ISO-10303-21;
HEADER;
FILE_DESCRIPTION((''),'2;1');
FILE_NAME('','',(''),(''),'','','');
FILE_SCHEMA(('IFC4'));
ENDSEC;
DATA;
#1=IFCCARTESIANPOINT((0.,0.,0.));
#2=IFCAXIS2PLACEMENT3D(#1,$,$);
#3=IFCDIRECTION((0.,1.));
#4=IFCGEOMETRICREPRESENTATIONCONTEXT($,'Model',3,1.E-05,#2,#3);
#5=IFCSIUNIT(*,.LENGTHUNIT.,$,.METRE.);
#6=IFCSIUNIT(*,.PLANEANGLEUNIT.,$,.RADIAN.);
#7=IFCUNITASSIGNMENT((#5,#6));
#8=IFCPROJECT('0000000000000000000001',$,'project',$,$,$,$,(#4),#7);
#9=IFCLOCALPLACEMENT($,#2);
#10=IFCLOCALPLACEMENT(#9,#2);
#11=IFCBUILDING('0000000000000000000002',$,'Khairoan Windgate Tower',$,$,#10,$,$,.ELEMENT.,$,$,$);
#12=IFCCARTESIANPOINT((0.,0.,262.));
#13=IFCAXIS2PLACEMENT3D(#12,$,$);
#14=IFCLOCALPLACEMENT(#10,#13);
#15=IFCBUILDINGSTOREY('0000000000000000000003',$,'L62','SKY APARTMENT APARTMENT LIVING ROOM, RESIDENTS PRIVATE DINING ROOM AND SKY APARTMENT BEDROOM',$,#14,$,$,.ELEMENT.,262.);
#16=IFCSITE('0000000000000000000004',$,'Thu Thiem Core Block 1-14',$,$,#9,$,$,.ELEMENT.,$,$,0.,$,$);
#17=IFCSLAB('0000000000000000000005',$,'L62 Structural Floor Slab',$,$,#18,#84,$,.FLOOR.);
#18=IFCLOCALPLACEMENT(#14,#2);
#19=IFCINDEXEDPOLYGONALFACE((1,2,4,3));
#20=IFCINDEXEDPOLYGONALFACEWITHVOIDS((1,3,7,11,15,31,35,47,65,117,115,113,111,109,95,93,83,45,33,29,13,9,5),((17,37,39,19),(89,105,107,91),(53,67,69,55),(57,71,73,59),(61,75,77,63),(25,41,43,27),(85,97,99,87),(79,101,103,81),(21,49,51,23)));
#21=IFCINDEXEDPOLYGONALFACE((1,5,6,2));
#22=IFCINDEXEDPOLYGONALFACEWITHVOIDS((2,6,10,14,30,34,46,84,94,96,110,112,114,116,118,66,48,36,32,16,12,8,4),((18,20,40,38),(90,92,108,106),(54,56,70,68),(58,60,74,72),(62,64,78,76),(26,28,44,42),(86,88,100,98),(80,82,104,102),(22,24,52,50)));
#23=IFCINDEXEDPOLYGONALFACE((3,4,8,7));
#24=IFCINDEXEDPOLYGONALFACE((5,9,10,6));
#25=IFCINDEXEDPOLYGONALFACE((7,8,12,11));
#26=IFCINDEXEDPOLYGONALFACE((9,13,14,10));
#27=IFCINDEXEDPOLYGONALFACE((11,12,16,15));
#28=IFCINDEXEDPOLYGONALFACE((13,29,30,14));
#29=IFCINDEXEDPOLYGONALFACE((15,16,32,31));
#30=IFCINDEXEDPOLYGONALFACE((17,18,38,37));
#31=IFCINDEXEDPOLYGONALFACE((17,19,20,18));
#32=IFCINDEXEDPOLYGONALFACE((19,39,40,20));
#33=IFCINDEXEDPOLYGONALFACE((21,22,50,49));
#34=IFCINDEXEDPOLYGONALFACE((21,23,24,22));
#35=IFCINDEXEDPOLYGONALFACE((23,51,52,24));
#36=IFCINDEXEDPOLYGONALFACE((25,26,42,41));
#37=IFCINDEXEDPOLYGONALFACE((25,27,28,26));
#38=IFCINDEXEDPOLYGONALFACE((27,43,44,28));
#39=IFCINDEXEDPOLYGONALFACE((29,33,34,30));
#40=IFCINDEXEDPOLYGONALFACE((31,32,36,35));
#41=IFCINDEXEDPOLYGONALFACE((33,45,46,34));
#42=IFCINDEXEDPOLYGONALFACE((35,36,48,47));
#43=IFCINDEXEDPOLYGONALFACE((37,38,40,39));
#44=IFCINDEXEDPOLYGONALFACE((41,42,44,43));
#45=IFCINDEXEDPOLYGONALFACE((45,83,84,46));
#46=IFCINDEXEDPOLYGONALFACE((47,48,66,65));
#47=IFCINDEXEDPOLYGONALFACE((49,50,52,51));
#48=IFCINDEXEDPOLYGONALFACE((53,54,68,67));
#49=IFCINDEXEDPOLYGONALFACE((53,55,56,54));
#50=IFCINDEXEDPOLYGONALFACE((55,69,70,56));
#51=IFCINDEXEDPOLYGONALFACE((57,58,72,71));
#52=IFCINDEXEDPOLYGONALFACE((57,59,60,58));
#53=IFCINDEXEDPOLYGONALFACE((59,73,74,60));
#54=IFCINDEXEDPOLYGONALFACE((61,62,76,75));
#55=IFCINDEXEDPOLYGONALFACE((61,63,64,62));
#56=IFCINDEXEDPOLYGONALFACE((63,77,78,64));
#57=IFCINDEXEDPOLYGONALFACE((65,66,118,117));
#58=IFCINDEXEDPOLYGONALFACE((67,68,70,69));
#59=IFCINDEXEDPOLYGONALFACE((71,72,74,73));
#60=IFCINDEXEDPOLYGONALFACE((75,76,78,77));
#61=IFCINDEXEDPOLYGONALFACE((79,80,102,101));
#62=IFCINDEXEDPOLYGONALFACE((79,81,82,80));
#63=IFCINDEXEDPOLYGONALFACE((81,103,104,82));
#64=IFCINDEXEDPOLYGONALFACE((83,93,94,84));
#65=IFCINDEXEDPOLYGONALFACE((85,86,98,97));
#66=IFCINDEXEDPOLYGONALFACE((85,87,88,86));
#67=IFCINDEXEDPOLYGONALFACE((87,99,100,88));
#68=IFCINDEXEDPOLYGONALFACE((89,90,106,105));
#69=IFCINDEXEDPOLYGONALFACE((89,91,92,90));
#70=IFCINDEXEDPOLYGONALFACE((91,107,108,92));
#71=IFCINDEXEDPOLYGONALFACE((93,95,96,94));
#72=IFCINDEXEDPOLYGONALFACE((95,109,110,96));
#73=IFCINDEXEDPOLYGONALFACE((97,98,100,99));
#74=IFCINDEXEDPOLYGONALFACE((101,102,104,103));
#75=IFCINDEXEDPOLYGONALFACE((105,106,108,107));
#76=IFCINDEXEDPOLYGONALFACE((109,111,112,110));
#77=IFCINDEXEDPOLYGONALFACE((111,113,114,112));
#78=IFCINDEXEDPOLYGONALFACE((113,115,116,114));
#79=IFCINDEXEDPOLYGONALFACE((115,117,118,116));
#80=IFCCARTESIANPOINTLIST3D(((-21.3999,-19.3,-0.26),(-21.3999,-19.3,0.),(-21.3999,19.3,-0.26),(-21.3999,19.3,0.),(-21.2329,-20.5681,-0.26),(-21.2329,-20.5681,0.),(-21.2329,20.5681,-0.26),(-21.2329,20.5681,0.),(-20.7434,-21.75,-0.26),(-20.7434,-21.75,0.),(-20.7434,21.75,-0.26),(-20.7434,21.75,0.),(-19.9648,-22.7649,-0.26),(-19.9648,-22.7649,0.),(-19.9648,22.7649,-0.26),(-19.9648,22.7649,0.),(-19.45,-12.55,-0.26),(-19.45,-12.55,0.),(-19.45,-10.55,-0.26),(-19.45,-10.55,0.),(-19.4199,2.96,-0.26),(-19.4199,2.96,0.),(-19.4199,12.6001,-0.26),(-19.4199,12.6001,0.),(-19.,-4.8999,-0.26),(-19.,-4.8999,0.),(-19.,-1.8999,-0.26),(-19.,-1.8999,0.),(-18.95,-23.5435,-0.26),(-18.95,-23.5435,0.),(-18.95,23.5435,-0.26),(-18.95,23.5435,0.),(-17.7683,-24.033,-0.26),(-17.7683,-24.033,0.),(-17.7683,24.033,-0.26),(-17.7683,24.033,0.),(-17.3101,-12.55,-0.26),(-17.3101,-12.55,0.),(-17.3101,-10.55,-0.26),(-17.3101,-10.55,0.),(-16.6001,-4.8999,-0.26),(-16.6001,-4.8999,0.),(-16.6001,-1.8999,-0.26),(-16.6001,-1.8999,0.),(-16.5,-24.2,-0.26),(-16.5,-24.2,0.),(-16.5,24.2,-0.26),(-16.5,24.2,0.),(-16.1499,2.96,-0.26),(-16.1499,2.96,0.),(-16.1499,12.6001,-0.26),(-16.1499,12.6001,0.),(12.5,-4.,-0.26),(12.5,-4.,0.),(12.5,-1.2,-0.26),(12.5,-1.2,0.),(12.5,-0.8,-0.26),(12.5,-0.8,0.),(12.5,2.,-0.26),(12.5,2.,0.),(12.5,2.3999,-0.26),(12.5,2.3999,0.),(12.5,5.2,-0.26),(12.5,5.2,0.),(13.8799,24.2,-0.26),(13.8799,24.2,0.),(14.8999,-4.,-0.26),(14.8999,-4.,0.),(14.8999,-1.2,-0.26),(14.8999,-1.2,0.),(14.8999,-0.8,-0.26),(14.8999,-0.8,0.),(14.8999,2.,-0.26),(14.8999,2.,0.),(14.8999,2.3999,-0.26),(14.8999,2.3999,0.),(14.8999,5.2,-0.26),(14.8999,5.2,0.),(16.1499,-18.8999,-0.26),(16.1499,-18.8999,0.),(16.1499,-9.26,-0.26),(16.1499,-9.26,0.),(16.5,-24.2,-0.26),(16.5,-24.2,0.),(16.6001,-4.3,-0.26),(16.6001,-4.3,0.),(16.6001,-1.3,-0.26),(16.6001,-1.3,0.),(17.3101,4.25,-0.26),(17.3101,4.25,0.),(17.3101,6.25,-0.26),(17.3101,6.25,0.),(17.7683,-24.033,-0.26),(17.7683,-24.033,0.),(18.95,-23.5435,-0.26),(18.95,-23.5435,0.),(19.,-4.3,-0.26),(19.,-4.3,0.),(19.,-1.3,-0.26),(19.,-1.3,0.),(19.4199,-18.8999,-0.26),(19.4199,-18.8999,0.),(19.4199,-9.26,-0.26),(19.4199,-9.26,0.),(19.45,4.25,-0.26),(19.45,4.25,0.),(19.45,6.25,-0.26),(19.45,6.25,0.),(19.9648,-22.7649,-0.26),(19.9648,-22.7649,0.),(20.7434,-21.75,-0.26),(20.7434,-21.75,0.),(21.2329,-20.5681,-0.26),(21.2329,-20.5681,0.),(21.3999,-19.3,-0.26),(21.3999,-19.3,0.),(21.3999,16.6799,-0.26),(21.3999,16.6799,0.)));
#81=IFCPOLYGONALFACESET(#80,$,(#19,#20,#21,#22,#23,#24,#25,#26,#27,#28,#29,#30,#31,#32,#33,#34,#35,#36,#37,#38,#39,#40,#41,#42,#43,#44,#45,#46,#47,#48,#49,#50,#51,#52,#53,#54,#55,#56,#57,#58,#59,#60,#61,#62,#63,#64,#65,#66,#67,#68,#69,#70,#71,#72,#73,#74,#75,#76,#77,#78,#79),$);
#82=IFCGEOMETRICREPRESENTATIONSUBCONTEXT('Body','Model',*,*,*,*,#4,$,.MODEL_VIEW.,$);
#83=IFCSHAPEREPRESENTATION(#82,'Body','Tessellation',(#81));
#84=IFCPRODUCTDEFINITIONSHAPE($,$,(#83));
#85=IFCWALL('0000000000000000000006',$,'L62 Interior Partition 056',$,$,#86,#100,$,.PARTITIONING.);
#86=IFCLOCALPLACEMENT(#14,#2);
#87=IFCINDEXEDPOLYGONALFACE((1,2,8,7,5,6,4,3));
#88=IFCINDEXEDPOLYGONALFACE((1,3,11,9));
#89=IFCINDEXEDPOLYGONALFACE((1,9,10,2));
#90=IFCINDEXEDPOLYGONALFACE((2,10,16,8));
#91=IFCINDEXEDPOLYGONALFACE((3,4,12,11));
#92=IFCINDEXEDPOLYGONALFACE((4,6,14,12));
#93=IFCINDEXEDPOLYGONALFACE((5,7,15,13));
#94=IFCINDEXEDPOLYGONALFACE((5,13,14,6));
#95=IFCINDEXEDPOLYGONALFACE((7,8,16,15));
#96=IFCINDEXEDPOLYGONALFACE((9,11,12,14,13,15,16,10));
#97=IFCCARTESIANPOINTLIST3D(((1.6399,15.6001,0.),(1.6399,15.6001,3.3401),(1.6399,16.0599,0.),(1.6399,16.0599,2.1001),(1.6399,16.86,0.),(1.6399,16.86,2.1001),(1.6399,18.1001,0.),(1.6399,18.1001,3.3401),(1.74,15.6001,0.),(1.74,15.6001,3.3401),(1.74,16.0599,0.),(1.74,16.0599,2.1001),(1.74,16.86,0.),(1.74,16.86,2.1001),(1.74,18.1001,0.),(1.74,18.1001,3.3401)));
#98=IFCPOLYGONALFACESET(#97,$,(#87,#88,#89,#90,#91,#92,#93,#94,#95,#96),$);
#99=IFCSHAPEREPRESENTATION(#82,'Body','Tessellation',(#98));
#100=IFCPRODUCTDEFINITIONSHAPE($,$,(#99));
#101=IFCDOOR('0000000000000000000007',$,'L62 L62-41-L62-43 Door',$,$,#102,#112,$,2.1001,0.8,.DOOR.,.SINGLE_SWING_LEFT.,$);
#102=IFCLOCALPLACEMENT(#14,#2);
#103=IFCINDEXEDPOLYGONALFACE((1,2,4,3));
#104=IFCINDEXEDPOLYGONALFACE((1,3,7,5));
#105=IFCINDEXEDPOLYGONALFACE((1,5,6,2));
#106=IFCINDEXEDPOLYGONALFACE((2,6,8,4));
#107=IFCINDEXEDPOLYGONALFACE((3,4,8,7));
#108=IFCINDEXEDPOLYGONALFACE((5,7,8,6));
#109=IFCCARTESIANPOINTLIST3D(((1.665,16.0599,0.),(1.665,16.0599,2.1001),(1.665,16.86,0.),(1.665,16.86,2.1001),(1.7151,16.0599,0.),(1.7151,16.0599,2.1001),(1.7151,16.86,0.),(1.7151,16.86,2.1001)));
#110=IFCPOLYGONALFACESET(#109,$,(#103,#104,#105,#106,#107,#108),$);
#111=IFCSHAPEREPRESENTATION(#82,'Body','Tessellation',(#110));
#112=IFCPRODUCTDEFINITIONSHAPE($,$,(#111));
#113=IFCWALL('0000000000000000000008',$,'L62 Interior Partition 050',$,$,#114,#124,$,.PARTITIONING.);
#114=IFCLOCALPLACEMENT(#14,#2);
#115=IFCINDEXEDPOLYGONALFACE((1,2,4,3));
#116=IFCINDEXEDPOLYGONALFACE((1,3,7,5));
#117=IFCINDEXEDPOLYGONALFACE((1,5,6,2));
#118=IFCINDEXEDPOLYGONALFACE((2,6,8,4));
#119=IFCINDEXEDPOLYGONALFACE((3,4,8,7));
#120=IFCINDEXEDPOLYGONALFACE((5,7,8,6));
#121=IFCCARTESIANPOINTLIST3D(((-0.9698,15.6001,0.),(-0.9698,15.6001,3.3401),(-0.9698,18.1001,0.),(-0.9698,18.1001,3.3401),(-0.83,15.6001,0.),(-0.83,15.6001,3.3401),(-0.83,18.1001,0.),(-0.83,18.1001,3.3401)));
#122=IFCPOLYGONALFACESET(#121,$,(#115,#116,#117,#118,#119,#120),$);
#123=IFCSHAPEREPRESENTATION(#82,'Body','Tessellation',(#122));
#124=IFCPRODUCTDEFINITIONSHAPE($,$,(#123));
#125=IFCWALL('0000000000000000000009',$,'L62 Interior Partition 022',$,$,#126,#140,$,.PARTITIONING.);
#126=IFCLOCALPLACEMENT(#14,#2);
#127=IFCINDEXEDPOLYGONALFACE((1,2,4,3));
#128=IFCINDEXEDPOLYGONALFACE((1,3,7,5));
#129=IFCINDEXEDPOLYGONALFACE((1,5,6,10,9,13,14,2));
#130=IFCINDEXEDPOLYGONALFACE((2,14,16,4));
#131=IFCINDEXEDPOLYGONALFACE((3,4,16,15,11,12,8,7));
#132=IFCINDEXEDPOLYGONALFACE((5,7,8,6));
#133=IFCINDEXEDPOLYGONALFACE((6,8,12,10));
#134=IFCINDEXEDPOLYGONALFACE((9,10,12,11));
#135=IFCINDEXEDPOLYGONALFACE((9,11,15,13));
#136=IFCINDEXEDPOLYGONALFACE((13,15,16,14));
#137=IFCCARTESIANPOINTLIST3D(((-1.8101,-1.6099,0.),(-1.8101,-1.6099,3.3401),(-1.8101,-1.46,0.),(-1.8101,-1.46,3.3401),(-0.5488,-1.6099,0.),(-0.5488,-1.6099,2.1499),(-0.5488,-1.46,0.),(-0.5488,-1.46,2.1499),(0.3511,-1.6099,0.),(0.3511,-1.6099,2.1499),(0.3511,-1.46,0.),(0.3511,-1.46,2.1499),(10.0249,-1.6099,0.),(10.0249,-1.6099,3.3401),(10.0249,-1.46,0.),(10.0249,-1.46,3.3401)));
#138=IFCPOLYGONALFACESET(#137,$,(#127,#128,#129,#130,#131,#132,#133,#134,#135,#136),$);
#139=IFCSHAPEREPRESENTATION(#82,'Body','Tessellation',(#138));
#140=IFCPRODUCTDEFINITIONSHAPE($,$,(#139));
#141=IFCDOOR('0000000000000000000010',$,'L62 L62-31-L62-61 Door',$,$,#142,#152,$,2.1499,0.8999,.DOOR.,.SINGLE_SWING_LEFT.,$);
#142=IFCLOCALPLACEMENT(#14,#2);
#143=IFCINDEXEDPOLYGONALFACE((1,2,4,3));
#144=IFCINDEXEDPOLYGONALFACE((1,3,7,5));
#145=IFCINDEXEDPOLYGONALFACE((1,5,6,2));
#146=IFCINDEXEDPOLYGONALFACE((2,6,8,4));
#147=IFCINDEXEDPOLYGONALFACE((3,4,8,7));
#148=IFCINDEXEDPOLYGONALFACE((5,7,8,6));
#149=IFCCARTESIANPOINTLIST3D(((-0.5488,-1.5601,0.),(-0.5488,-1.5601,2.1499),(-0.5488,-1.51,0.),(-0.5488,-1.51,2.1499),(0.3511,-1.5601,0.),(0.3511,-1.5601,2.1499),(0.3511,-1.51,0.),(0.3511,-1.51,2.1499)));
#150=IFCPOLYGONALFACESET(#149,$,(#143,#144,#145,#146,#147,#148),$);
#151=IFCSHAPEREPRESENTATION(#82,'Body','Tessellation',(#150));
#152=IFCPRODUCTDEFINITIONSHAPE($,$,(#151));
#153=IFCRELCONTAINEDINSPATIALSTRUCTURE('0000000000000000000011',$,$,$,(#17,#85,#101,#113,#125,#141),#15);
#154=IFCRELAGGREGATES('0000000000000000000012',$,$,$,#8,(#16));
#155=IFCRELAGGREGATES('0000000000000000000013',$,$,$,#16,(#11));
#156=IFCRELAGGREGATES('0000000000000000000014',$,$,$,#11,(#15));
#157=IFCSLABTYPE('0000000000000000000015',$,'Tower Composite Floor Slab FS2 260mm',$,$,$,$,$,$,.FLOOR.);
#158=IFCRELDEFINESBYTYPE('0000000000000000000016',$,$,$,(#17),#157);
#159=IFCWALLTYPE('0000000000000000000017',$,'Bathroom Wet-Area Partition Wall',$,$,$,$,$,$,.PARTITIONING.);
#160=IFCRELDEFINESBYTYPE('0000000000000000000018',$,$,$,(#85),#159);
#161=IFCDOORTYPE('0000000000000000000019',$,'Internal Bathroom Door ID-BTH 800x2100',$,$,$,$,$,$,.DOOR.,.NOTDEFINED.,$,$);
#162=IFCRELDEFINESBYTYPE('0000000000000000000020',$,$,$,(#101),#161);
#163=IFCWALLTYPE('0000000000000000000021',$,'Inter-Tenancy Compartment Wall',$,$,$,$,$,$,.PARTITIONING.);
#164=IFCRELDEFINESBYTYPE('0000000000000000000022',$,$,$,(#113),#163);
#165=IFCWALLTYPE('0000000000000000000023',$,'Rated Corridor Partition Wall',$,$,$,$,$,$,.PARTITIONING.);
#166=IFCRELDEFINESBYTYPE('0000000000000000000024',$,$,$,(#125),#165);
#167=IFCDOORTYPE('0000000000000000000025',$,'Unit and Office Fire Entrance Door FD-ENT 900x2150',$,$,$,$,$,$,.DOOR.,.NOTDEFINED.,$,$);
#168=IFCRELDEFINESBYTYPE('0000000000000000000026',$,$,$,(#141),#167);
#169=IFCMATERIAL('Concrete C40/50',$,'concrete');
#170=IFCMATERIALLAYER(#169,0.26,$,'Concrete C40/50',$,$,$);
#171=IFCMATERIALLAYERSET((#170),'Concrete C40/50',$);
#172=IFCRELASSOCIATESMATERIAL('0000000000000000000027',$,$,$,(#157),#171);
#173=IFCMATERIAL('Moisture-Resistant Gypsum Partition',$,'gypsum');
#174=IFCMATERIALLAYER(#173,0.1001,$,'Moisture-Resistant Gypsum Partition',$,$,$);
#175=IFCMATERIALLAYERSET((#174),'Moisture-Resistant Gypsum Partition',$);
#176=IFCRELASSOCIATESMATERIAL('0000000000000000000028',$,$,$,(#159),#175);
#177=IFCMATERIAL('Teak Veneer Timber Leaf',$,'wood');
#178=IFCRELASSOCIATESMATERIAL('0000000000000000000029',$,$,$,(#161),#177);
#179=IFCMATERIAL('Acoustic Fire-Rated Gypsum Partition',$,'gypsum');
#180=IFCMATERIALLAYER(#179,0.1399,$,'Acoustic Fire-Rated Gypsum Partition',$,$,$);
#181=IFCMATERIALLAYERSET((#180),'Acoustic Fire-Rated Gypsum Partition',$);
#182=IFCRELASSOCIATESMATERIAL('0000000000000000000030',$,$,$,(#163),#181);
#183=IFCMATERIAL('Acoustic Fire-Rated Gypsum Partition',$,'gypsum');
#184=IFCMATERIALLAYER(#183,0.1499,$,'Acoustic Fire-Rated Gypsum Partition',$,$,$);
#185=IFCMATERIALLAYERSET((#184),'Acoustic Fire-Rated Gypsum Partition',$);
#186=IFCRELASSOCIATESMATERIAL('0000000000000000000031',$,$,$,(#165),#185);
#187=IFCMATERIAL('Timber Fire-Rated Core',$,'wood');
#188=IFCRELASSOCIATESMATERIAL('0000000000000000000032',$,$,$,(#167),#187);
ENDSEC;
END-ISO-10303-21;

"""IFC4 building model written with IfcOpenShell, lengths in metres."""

from ifc_helpers import new_model, si_unit, direction, frame, frame_2d, origin, place, context, subcontext, project, spatial, polyline, rectangle, outline, extrude, material, layer, layer_set, type_object, element, fill, save


model = new_model("IFC4")

# Units and contexts
model_context = context("Model", 3, precision=1e-05, world=origin(), true_north=direction((0.0, 1.0)))
body_context = subcontext(model_context, "Body", "Model", "MODEL_VIEW")
ifc_project = project(units=[si_unit("LENGTHUNIT", "METRE"), si_unit("PLANEANGLEUNIT", "RADIAN")], contexts=[model_context])

# Site, building, storey
site_placement = place(None, origin())
site = spatial("IfcSite", under=ifc_project, at=site_placement, Name="Thu Thiem Core Block 1-14", CompositionType="ELEMENT", RefElevation=0.0)
building_placement = place(site_placement, origin())
building = spatial("IfcBuilding", under=site, at=building_placement, Name="Khairoan Windgate Tower", CompositionType="ELEMENT")
storey_placement = place(building_placement, frame((0.0, 0.0, 262.0)))
storey = spatial("IfcBuildingStorey", under=building, at=storey_placement, Name="L62", Description="SKY APARTMENT APARTMENT LIVING ROOM, RESIDENTS PRIVATE DINING ROOM AND SKY APARTMENT BEDROOM", CompositionType="ELEMENT", Elevation=262.0)

# Slab
ifc_material_1 = material(Name="Concrete C40/50", Category="concrete")
ifc_layer_1 = layer(ifc_material_1, 0.26, Name="Concrete C40/50")
ifc_layer_set_1 = layer_set([ifc_layer_1], Name="Concrete C40/50")
slab_type_1 = type_object("IfcSlabType", Name="Tower Composite Floor Slab FS2 260mm", PredefinedType="FLOOR", material=ifc_layer_set_1)
slab_1_placement = place(storey_placement, frame((0.0, 0.0, -0.26)))
element("IfcSlab", 1, at=slab_1_placement, inside=storey, type_object=slab_type_1, Name="L62 Structural Floor Slab", PredefinedType="FLOOR", context=body_context, shape_type="SweptSolid", body=[
    extrude(outline(polyline([(16.5, -24.2), (17.7683, -24.033), (18.95, -23.5435), (19.9648, -22.7649), (20.7434, -21.75), (21.2329, -20.5681), (21.3999, -19.3), (21.3999, 16.6799), (13.8799, 24.2), (-16.5, 24.2), (-17.7683, 24.033), (-18.95, 23.5435), (-19.9648, 22.7649), (-20.7434, 21.75), (-21.2329, 20.5681), (-21.3999, 19.3), (-21.3999, -19.3), (-21.2329, -20.5681), (-20.7434, -21.75), (-19.9648, -22.7649), (-18.95, -23.5435), (-17.7683, -24.033), (-16.5, -24.2), (16.5, -24.2)]), holes=[polyline([(16.1499, -9.26), (16.1499, -18.8999), (19.4199, -18.8999), (19.4199, -9.26), (16.1499, -9.26)]), polyline([(-16.1499, 2.96), (-16.1499, 12.6001), (-19.4199, 12.6001), (-19.4199, 2.96), (-16.1499, 2.96)]), polyline([(12.5, 2.3999), (14.8999, 2.3999), (14.8999, 5.2), (12.5, 5.2), (12.5, 2.3999)]), polyline([(12.5, -0.8), (14.8999, -0.8), (14.8999, 2.0), (12.5, 2.0), (12.5, -0.8)]), polyline([(12.5, -4.0), (14.8999, -4.0), (14.8999, -1.2), (12.5, -1.2), (12.5, -4.0)]), polyline([(16.6001, -4.3), (19.0, -4.3), (19.0, -1.3), (16.6001, -1.3), (16.6001, -4.3)]), polyline([(-19.0, -4.8999), (-16.6001, -4.8999), (-16.6001, -1.8999), (-19.0, -1.8999), (-19.0, -4.8999)]), polyline([(-19.45, -12.55), (-17.3101, -12.55), (-17.3101, -10.55), (-19.45, -10.55), (-19.45, -12.55)]), polyline([(17.3101, 4.25), (19.45, 4.25), (19.45, 6.25), (17.3101, 6.25), (17.3101, 4.25)])]), origin(), (0.0, 0.0, 1.0), 0.26),
])

# Wall, opening, door
ifc_material_2 = material(Name="Moisture-Resistant Gypsum Partition", Category="gypsum")
ifc_layer_2 = layer(ifc_material_2, 0.1001, Name="Moisture-Resistant Gypsum Partition")
ifc_layer_set_2 = layer_set([ifc_layer_2], Name="Moisture-Resistant Gypsum Partition")
wall_type_1 = type_object("IfcWallType", Name="Bathroom Wet-Area Partition Wall", PredefinedType="PARTITIONING", material=ifc_layer_set_2)
wall_1_placement = place(storey_placement, frame((1.6899, 15.6001, 0.0), z_axis=(0.0, 0.0, 1.0), x_axis=(0.0, 1.0, 0.0)))
wall_1 = element("IfcWall", 2, at=wall_1_placement, inside=storey, type_object=wall_type_1, Name="L62 Interior Partition 056", PredefinedType="PARTITIONING", context=body_context, shape_type="SweptSolid", body=[
    extrude(rectangle(XDim=2.5, YDim=0.1001, at=frame_2d((1.25, 0.0))), origin(), (0.0, 0.0, 1.0), 3.3401),
])
opening_1_placement = place(wall_1_placement, frame((0.46, 0.0, 0.0)))
opening_1 = element("IfcOpeningElement", 3, at=opening_1_placement, cuts=wall_1, PredefinedType="OPENING", context=body_context, shape_type="SweptSolid", body=[
    extrude(rectangle(XDim=0.8, YDim=2.1001, at=frame_2d((0.3999, 1.05))), frame((0.0, 0.0601, 0.0), z_axis=(0.0, -1.0, 0.0), x_axis=(1.0, 0.0, 0.0)), (0.0, 0.0, 1.0), 0.1201),
])
ifc_material_3 = material(Name="Teak Veneer Timber Leaf", Category="wood")
door_type_1 = type_object("IfcDoorType", Name="Internal Bathroom Door ID-BTH 800x2100", OperationType="NOTDEFINED", PredefinedType="DOOR", material=ifc_material_3)
door_1_placement = place(opening_1_placement, origin())
door_1 = element("IfcDoor", 4, at=door_1_placement, inside=storey, type_object=door_type_1, Name="L62 L62-41-L62-43 Door", OperationType="SINGLE_SWING_LEFT", OverallHeight=2.1001, OverallWidth=0.8, PredefinedType="DOOR", context=body_context, shape_type="SweptSolid", body=[
    extrude(rectangle(XDim=0.8, YDim=2.1001, at=frame_2d((0.3999, 1.05))), frame((0.0, 0.0249, 0.0), z_axis=(0.0, -1.0, 0.0), x_axis=(1.0, 0.0, 0.0)), (0.0, 0.0, 1.0), 0.05),
])
fill(opening_1, door_1)

# Wall
ifc_material_4 = material(Name="Acoustic Fire-Rated Gypsum Partition", Category="gypsum")
ifc_layer_3 = layer(ifc_material_4, 0.1399, Name="Acoustic Fire-Rated Gypsum Partition")
ifc_layer_set_3 = layer_set([ifc_layer_3], Name="Acoustic Fire-Rated Gypsum Partition")
wall_type_2 = type_object("IfcWallType", Name="Inter-Tenancy Compartment Wall", PredefinedType="PARTITIONING", material=ifc_layer_set_3)
wall_2_placement = place(storey_placement, frame((-0.8999, 15.6001, 0.0), z_axis=(0.0, 0.0, 1.0), x_axis=(0.0, 1.0, 0.0)))
element("IfcWall", 5, at=wall_2_placement, inside=storey, type_object=wall_type_2, Name="L62 Interior Partition 050", PredefinedType="PARTITIONING", context=body_context, shape_type="SweptSolid", body=[
    extrude(rectangle(XDim=2.5, YDim=0.1399, at=frame_2d((1.25, 0.0))), origin(), (0.0, 0.0, 1.0), 3.3401),
])

# Wall, opening, door
ifc_material_5 = material(Name="Acoustic Fire-Rated Gypsum Partition", Category="gypsum")
ifc_layer_4 = layer(ifc_material_5, 0.1499, Name="Acoustic Fire-Rated Gypsum Partition")
ifc_layer_set_4 = layer_set([ifc_layer_4], Name="Acoustic Fire-Rated Gypsum Partition")
wall_type_3 = type_object("IfcWallType", Name="Rated Corridor Partition Wall", PredefinedType="PARTITIONING", material=ifc_layer_set_4)
wall_3_placement = place(storey_placement, frame((-1.8101, -1.5349, 0.0), z_axis=(0.0, 0.0, 1.0), x_axis=(1.0, 0.0, 0.0)))
wall_3 = element("IfcWall", 6, at=wall_3_placement, inside=storey, type_object=wall_type_3, Name="L62 Interior Partition 022", PredefinedType="PARTITIONING", context=body_context, shape_type="SweptSolid", body=[
    extrude(rectangle(XDim=11.835, YDim=0.1499, at=frame_2d((5.9175, 0.0))), origin(), (0.0, 0.0, 1.0), 3.3401),
])
opening_2_placement = place(wall_3_placement, frame((1.2612, 0.0, 0.0)))
opening_2 = element("IfcOpeningElement", 7, at=opening_2_placement, cuts=wall_3, PredefinedType="OPENING", context=body_context, shape_type="SweptSolid", body=[
    extrude(rectangle(XDim=0.8999, YDim=2.1499, at=frame_2d((0.45, 1.075))), frame((0.0, 0.085, 0.0), z_axis=(0.0, -1.0, 0.0), x_axis=(1.0, 0.0, 0.0)), (0.0, 0.0, 1.0), 0.1699),
])
ifc_material_6 = material(Name="Timber Fire-Rated Core", Category="wood")
door_type_2 = type_object("IfcDoorType", Name="Unit and Office Fire Entrance Door FD-ENT 900x2150", OperationType="NOTDEFINED", PredefinedType="DOOR", material=ifc_material_6)
door_2_placement = place(opening_2_placement, origin())
door_2 = element("IfcDoor", 8, at=door_2_placement, inside=storey, type_object=door_type_2, Name="L62 L62-31-L62-61 Door", OperationType="SINGLE_SWING_LEFT", OverallHeight=2.1499, OverallWidth=0.8999, PredefinedType="DOOR", context=body_context, shape_type="SweptSolid", body=[
    extrude(rectangle(XDim=0.8999, YDim=2.1499, at=frame_2d((0.45, 1.075))), frame((0.0, 0.0249, 0.0), z_axis=(0.0, -1.0, 0.0), x_axis=(1.0, 0.0, 0.0)), (0.0, 0.0, 1.0), 0.05),
])
fill(opening_2, door_2)

save(model, "model.ifc")
